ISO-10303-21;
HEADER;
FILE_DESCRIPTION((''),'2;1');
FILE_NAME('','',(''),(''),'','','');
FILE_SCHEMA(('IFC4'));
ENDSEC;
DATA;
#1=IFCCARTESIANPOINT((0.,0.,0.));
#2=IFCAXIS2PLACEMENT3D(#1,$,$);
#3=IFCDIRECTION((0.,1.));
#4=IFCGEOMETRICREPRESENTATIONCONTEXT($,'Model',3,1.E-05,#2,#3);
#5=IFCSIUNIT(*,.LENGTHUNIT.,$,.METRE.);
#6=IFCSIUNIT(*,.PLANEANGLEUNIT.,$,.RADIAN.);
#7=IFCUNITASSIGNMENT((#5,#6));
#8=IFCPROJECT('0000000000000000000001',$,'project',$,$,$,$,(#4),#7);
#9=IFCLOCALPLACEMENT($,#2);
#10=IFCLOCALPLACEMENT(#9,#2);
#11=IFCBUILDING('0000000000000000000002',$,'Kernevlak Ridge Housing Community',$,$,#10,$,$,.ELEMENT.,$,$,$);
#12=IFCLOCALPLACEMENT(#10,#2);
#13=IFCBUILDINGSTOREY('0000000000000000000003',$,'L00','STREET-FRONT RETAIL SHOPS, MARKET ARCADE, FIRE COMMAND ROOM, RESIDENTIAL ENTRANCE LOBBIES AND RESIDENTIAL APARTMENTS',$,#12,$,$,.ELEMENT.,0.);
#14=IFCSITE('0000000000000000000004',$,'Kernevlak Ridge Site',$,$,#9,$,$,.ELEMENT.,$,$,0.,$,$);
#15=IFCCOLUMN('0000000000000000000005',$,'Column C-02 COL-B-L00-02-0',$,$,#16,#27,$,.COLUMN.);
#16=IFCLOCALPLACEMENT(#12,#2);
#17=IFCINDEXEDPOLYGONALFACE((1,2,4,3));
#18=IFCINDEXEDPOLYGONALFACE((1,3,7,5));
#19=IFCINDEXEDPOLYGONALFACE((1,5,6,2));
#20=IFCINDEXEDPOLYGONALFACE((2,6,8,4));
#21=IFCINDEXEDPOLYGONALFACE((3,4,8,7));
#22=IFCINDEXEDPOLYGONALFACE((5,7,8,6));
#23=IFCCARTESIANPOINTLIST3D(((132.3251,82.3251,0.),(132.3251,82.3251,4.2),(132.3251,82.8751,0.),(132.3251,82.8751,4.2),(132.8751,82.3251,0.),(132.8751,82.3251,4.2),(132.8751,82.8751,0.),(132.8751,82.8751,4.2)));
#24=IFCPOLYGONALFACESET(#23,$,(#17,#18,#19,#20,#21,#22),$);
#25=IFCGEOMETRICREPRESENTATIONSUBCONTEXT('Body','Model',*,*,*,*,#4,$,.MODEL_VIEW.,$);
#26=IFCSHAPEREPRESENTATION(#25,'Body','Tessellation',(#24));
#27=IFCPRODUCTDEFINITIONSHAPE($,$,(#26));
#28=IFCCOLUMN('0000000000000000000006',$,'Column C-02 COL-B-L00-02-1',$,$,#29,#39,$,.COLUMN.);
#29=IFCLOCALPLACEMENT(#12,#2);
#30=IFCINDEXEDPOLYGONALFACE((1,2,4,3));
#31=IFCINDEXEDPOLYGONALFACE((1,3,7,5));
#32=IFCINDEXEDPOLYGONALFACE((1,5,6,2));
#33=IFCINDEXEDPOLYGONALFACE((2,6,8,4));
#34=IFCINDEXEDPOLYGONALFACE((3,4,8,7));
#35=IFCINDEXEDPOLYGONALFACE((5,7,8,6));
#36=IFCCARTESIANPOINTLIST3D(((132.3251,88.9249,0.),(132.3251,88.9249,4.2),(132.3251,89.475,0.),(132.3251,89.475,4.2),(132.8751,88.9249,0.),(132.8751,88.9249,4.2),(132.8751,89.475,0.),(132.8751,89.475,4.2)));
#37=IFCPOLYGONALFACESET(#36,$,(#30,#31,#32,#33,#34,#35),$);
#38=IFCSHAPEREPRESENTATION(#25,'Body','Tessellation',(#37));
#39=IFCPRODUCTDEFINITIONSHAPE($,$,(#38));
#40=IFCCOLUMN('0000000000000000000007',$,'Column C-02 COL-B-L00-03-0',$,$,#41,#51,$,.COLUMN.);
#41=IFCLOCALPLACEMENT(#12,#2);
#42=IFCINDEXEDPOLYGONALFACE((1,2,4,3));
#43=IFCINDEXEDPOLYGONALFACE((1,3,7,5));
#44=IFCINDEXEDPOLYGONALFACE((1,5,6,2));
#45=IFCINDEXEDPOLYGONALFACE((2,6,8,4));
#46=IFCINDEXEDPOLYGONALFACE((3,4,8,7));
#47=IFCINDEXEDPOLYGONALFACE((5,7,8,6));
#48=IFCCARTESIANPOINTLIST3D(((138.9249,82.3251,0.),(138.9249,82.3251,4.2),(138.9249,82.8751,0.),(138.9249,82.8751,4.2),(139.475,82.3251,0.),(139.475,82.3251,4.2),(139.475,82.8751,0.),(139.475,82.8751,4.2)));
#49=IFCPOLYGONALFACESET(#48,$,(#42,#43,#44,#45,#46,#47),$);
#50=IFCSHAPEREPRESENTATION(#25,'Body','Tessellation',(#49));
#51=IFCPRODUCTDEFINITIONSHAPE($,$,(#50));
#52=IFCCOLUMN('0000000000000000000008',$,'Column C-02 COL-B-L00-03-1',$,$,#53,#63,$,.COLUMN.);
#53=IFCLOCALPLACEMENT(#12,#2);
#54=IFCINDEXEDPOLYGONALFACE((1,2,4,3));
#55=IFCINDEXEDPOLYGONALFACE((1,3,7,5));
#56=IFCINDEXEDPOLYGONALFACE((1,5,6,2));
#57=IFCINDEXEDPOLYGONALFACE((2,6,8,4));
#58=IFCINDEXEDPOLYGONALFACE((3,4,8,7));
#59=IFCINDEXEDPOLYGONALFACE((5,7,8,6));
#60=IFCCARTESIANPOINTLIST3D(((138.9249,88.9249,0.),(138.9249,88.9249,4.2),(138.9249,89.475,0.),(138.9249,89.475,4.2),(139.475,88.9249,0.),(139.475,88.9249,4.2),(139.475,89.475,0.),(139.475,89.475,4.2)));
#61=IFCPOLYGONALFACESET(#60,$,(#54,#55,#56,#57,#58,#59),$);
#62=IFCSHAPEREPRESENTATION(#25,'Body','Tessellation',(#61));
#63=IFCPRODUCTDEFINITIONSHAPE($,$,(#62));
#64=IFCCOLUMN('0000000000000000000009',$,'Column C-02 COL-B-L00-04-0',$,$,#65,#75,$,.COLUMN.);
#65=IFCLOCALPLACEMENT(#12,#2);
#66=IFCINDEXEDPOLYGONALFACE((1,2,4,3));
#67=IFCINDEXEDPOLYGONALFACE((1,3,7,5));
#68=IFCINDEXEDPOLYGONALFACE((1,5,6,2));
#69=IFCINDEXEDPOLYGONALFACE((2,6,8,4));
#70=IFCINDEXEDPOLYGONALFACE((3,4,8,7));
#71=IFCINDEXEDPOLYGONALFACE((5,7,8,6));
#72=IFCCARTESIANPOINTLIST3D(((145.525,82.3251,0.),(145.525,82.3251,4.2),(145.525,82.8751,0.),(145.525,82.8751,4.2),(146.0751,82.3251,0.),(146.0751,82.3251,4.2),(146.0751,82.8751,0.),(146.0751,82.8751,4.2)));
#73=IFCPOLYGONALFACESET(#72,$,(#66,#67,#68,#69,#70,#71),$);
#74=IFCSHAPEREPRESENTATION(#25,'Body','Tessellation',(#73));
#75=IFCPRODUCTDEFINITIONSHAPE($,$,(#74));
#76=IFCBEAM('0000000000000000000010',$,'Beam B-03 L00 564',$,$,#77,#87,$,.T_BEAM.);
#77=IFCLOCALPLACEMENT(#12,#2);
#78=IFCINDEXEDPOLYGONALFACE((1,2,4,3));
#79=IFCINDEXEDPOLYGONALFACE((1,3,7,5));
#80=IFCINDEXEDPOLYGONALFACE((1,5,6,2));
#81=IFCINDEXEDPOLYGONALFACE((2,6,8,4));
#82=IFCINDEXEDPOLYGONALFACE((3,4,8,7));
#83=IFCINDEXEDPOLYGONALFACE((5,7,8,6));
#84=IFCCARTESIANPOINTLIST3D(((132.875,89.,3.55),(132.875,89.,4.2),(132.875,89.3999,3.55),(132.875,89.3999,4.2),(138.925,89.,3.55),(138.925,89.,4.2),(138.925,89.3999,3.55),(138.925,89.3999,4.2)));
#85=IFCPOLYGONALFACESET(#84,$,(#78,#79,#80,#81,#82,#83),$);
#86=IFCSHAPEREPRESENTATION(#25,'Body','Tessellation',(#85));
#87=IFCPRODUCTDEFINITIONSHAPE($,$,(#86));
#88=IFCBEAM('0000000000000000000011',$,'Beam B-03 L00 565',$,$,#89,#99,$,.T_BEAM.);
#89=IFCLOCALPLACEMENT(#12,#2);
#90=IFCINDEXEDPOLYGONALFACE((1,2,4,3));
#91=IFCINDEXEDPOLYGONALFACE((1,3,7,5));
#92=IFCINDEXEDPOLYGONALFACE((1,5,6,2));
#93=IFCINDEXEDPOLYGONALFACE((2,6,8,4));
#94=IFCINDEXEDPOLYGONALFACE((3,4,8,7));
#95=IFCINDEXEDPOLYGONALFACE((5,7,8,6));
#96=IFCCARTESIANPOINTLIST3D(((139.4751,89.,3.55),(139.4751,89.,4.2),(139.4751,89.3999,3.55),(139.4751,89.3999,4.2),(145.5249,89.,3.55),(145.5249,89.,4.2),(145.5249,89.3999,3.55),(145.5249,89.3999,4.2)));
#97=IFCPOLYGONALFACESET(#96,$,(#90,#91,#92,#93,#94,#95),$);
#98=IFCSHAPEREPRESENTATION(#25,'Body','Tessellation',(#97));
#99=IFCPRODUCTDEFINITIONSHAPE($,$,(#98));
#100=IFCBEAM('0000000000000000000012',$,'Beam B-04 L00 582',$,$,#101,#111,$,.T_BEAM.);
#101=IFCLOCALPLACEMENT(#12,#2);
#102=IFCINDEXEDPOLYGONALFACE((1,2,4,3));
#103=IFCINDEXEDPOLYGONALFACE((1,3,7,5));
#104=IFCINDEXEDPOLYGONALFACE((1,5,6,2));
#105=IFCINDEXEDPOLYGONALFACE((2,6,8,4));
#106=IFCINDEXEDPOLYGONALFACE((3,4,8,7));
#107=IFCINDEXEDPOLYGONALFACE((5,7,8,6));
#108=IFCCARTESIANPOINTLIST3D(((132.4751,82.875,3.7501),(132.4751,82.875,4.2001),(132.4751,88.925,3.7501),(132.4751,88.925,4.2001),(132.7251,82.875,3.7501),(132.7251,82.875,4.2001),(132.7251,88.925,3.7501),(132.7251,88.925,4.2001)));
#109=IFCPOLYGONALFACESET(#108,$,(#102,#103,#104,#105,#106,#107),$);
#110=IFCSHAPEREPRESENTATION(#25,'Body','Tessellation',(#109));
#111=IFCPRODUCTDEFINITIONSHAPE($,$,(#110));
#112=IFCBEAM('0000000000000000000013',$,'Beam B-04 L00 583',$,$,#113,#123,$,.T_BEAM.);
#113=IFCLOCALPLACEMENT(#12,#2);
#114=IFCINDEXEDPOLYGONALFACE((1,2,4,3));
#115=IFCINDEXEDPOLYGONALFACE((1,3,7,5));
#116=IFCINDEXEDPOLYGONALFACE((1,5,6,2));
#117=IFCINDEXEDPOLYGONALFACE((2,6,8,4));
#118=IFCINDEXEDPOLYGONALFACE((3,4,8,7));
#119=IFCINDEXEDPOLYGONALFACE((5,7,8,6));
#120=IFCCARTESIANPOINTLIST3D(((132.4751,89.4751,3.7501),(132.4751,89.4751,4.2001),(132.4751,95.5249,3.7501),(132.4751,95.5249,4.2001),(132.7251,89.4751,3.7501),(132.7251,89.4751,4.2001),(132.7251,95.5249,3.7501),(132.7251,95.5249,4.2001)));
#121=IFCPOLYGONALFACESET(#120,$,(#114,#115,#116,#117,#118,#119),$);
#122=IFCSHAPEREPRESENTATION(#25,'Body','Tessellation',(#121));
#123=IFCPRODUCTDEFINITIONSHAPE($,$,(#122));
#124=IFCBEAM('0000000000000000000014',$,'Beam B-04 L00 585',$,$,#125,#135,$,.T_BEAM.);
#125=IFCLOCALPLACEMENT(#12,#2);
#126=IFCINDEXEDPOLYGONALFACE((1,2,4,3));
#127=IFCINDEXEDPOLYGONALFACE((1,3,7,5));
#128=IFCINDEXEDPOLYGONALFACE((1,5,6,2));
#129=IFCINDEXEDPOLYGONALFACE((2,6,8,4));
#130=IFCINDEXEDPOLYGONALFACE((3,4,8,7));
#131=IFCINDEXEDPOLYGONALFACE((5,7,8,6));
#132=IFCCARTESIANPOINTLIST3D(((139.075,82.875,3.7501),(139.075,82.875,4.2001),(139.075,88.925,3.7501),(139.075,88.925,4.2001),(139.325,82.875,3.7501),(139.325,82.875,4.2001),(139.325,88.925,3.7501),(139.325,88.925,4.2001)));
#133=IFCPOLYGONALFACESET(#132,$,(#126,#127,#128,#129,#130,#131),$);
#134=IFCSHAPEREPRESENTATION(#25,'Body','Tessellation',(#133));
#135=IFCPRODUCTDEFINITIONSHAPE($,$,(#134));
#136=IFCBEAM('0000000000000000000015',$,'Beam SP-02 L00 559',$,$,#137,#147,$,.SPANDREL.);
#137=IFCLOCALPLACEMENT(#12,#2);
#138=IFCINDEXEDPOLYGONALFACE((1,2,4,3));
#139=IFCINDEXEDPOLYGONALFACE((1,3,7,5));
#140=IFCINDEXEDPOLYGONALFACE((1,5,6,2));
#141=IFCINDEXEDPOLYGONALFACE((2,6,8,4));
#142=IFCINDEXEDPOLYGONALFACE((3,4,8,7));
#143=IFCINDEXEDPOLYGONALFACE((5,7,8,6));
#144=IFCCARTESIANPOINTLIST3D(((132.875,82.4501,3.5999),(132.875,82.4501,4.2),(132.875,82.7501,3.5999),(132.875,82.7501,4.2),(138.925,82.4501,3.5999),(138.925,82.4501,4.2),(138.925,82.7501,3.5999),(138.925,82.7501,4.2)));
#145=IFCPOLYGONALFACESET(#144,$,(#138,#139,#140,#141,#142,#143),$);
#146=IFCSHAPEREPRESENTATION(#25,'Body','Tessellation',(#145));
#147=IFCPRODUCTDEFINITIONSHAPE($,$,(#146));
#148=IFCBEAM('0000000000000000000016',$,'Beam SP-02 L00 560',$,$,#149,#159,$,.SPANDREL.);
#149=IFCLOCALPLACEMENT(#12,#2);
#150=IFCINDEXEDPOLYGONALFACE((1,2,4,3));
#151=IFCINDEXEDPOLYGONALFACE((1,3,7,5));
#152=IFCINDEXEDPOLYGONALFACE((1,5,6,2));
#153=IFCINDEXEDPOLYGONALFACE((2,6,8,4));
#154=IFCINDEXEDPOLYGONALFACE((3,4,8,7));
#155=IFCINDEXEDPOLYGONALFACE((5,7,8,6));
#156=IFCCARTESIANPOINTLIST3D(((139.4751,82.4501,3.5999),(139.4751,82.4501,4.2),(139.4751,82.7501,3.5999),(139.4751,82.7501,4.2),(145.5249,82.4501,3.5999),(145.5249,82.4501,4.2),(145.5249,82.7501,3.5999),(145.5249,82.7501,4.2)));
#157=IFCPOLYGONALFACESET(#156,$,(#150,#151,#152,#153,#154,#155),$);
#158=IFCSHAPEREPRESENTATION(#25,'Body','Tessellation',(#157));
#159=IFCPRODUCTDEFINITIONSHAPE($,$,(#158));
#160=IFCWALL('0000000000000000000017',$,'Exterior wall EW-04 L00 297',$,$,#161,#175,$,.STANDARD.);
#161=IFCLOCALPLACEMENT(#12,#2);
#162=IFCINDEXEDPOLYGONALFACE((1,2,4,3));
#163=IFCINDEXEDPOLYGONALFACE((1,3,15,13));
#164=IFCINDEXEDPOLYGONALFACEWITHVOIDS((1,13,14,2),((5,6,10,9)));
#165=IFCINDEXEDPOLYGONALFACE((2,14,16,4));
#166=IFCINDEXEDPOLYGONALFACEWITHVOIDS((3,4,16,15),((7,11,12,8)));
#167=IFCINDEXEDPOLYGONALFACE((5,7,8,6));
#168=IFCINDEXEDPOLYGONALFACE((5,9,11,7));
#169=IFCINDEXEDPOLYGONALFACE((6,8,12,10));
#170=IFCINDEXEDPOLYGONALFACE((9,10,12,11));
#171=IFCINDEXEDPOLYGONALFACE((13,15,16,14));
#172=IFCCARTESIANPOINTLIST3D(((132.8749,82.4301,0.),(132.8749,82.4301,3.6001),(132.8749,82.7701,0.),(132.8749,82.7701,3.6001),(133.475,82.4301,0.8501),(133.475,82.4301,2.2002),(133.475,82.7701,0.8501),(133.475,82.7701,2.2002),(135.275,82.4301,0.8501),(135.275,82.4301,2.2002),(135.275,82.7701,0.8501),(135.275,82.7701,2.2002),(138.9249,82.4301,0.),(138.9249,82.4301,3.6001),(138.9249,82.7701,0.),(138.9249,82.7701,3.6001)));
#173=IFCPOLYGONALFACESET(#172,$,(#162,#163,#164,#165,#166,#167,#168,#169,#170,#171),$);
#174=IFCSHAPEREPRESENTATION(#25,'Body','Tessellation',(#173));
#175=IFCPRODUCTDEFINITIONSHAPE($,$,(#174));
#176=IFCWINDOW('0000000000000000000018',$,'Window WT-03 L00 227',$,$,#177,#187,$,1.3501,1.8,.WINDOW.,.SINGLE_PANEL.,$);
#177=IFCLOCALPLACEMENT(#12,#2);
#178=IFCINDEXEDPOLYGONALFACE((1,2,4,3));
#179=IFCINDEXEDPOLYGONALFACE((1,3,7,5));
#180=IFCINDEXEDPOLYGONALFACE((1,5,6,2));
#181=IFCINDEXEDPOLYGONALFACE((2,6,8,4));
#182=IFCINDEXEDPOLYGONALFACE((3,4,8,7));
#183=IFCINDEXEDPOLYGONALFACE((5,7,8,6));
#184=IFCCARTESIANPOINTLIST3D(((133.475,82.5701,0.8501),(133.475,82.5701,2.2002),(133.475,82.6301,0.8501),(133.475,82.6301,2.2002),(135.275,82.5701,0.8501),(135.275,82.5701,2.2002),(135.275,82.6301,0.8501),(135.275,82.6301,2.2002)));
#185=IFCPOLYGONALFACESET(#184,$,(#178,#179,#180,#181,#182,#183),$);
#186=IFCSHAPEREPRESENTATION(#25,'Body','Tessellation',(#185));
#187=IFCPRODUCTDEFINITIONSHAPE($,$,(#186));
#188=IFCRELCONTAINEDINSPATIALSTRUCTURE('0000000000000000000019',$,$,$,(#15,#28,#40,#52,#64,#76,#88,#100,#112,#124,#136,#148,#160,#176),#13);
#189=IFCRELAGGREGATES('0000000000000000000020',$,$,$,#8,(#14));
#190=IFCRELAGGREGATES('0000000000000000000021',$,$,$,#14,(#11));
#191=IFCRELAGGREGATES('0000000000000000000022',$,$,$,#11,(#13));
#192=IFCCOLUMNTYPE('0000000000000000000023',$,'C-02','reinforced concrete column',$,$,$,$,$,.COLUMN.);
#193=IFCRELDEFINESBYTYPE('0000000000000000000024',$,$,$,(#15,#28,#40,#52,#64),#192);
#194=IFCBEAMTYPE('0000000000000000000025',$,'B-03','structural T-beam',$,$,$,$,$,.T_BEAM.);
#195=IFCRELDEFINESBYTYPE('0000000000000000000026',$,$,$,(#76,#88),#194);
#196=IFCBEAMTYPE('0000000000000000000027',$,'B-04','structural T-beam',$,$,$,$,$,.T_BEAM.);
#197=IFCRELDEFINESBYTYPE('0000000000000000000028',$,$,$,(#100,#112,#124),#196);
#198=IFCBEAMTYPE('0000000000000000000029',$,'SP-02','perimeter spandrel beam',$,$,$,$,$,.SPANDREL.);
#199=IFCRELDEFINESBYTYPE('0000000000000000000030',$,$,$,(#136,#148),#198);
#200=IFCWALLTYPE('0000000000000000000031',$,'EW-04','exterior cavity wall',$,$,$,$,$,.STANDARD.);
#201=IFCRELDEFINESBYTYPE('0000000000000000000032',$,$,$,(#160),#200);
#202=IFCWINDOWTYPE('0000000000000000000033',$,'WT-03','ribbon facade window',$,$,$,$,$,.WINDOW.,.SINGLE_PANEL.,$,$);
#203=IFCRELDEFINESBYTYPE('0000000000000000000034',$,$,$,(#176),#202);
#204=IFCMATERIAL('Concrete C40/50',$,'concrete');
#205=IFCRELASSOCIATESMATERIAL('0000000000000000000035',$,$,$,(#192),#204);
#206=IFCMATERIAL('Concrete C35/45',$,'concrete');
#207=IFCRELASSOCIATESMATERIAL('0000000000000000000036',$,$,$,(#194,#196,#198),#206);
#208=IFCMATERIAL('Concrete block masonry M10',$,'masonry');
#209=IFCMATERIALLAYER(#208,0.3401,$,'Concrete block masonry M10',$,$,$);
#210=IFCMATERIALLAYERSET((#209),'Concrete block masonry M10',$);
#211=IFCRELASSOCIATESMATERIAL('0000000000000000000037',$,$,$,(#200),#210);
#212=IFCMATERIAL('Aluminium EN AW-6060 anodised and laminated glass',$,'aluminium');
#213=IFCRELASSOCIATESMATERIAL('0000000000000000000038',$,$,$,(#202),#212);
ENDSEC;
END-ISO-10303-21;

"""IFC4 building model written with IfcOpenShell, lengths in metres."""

from ifc_helpers import new_model, si_unit, direction, frame, frame_2d, origin, origin_2d, place, context, subcontext, project, spatial, rectangle, extrude, material, layer, layer_set, material_profile, profile_set, type_object, element, fill, save


model = new_model("IFC4")

# Units and contexts
model_context = context("Model", 3, precision=1e-05, world=origin(), true_north=direction((0.0, 1.0)))
body_context = subcontext(model_context, "Body", "Model", "MODEL_VIEW")
ifc_project = project(units=[si_unit("LENGTHUNIT", "METRE"), si_unit("PLANEANGLEUNIT", "RADIAN")], contexts=[model_context])

# Site, building, storey
site_placement = place(None, origin())
site = spatial("IfcSite", under=ifc_project, at=site_placement, Name="Kernevlak Ridge Site", CompositionType="ELEMENT", RefElevation=0.0)
building_placement = place(site_placement, origin())
building = spatial("IfcBuilding", under=site, at=building_placement, Name="Kernevlak Ridge Housing Community", CompositionType="ELEMENT")
storey_placement = place(building_placement, origin())
storey = spatial("IfcBuildingStorey", under=building, at=storey_placement, Name="L00", Description="STREET-FRONT RETAIL SHOPS, MARKET ARCADE, FIRE COMMAND ROOM, RESIDENTIAL ENTRANCE LOBBIES AND RESIDENTIAL APARTMENTS", CompositionType="ELEMENT", Elevation=0.0)

# Columns
ifc_material_1 = material(Name="Concrete C40/50", Category="concrete")
ifc_material_profile_1 = material_profile(ifc_material_1, rectangle(XDim=0.55, YDim=0.55, at=origin_2d()), Name="RC 550x550")
ifc_profile_set_1 = profile_set([ifc_material_profile_1], Name="Concrete C40/50")
column_type = type_object("IfcColumnType", Name="C-02", Description="reinforced concrete column", PredefinedType="COLUMN", material=ifc_profile_set_1)
for number, where, z_axis, x_axis, name in (
    (1, (132.6001, 82.6001, 0.0), (0.0, 0.0, 1.0), (1.0, 0.0, 0.0), "Column C-02 COL-B-L00-02-0"),
    (2, (132.6001, 89.2, 0.0), (0.0, 0.0, 1.0), (1.0, 0.0, 0.0), "Column C-02 COL-B-L00-02-1"),
    (3, (139.2, 82.6001, 0.0), (0.0, 0.0, 1.0), (1.0, 0.0, 0.0), "Column C-02 COL-B-L00-03-0"),
    (4, (139.2, 89.2, 0.0), (0.0, 0.0, 1.0), (1.0, 0.0, 0.0), "Column C-02 COL-B-L00-03-1"),
    (5, (145.8, 82.6001, 0.0), (0.0, 0.0, 1.0), (1.0, 0.0, 0.0), "Column C-02 COL-B-L00-04-0"),
):
    element("IfcColumn", number, at=place(storey_placement, frame(where, z_axis=z_axis, x_axis=x_axis)), inside=storey, type_object=column_type, Name=name, PredefinedType="COLUMN", context=body_context, shape_type="SweptSolid", body=[
        extrude(rectangle(XDim=0.55, YDim=0.55, at=origin_2d()), origin(), (0.0, 0.0, 1.0), 4.2),
    ])

# Beams
ifc_material_2 = material(Name="Concrete C35/45", Category="concrete")
ifc_material_profile_2 = material_profile(ifc_material_2, rectangle(XDim=0.3999, YDim=0.6499, at=origin_2d()), Name="RC 400x650")
ifc_profile_set_2 = profile_set([ifc_material_profile_2], Name="Concrete C35/45")
beam_type_1 = type_object("IfcBeamType", Name="B-03", Description="structural T-beam", PredefinedType="T_BEAM", material=ifc_profile_set_2)
beam_1_placement = place(storey_placement, frame((132.875, 89.2, 3.875), z_axis=(1.0, 0.0, 0.0), x_axis=(0.0, 1.0, 0.0)))
element("IfcBeam", 6, at=beam_1_placement, inside=storey, type_object=beam_type_1, Name="Beam B-03 L00 564", PredefinedType="T_BEAM", context=body_context, shape_type="SweptSolid", body=[
    extrude(rectangle(XDim=0.3999, YDim=0.6499, at=origin_2d()), origin(), (0.0, 0.0, 1.0), 6.05),
])
beam_2_placement = place(storey_placement, frame((139.4751, 89.2, 3.875), z_axis=(1.0, 0.0, 0.0), x_axis=(0.0, 1.0, 0.0)))
element("IfcBeam", 7, at=beam_2_placement, inside=storey, type_object=beam_type_1, Name="Beam B-03 L00 565", PredefinedType="T_BEAM", context=body_context, shape_type="SweptSolid", body=[
    extrude(rectangle(XDim=0.3999, YDim=0.6499, at=origin_2d()), origin(), (0.0, 0.0, 1.0), 6.0498),
])
ifc_material_profile_3 = material_profile(ifc_material_2, rectangle(XDim=0.25, YDim=0.45, at=origin_2d()), Name="RC 250x450")
ifc_profile_set_3 = profile_set([ifc_material_profile_3], Name="Concrete C35/45")
beam_type_2 = type_object("IfcBeamType", Name="B-04", Description="structural T-beam", PredefinedType="T_BEAM", material=ifc_profile_set_3)
beam_3_placement = place(storey_placement, frame((132.6001, 82.875, 3.9751), z_axis=(0.0, 1.0, 0.0), x_axis=(-1.0, 0.0, 0.0)))
element("IfcBeam", 8, at=beam_3_placement, inside=storey, type_object=beam_type_2, Name="Beam B-04 L00 582", PredefinedType="T_BEAM", context=body_context, shape_type="SweptSolid", body=[
    extrude(rectangle(XDim=0.25, YDim=0.45, at=origin_2d()), origin(), (0.0, 0.0, 1.0), 6.05),
])
beam_4_placement = place(storey_placement, frame((132.6001, 89.4751, 3.9751), z_axis=(0.0, 1.0, 0.0), x_axis=(-1.0, 0.0, 0.0)))
element("IfcBeam", 9, at=beam_4_placement, inside=storey, type_object=beam_type_2, Name="Beam B-04 L00 583", PredefinedType="T_BEAM", context=body_context, shape_type="SweptSolid", body=[
    extrude(rectangle(XDim=0.25, YDim=0.45, at=origin_2d()), origin(), (0.0, 0.0, 1.0), 6.0498),
])
beam_5_placement = place(storey_placement, frame((139.2, 82.875, 3.9751), z_axis=(0.0, 1.0, 0.0), x_axis=(-1.0, 0.0, 0.0)))
element("IfcBeam", 10, at=beam_5_placement, inside=storey, type_object=beam_type_2, Name="Beam B-04 L00 585", PredefinedType="T_BEAM", context=body_context, shape_type="SweptSolid", body=[
    extrude(rectangle(XDim=0.25, YDim=0.45, at=origin_2d()), origin(), (0.0, 0.0, 1.0), 6.05),
])
ifc_material_profile_4 = material_profile(ifc_material_2, rectangle(XDim=0.3, YDim=0.6001, at=origin_2d()), Name="RC 300x600")
ifc_profile_set_4 = profile_set([ifc_material_profile_4], Name="Concrete C35/45")
beam_type_3 = type_object("IfcBeamType", Name="SP-02", Description="perimeter spandrel beam", PredefinedType="SPANDREL", material=ifc_profile_set_4)
beam_6_placement = place(storey_placement, frame((132.875, 82.6001, 3.8999), z_axis=(1.0, 0.0, 0.0), x_axis=(0.0, 1.0, 0.0)))
element("IfcBeam", 11, at=beam_6_placement, inside=storey, type_object=beam_type_3, Name="Beam SP-02 L00 559", PredefinedType="SPANDREL", context=body_context, shape_type="SweptSolid", body=[
    extrude(rectangle(XDim=0.3, YDim=0.6001, at=origin_2d()), origin(), (0.0, 0.0, 1.0), 6.05),
])
beam_7_placement = place(storey_placement, frame((139.4751, 82.6001, 3.8999), z_axis=(1.0, 0.0, 0.0), x_axis=(0.0, 1.0, 0.0)))
element("IfcBeam", 12, at=beam_7_placement, inside=storey, type_object=beam_type_3, Name="Beam SP-02 L00 560", PredefinedType="SPANDREL", context=body_context, shape_type="SweptSolid", body=[
    extrude(rectangle(XDim=0.3, YDim=0.6001, at=origin_2d()), origin(), (0.0, 0.0, 1.0), 6.0498),
])

# Wall, opening, window
ifc_material_3 = material(Name="Concrete block masonry M10", Category="masonry")
ifc_layer_1 = layer(ifc_material_3, 0.3401, Name="Concrete block masonry M10")
ifc_layer_set_1 = layer_set([ifc_layer_1], Name="Concrete block masonry M10")
wall_type_1 = type_object("IfcWallType", Name="EW-04", Description="exterior cavity wall", PredefinedType="STANDARD", material=ifc_layer_set_1)
wall_1_placement = place(storey_placement, frame((132.875, 82.6001, 0.0), z_axis=(0.0, 0.0, 1.0), x_axis=(1.0, 0.0, 0.0)))
wall_1 = element("IfcWall", 13, at=wall_1_placement, inside=storey, type_object=wall_type_1, Name="Exterior wall EW-04 L00 297", PredefinedType="STANDARD", context=body_context, shape_type="SweptSolid", body=[
    extrude(rectangle(XDim=6.05, YDim=0.3401, at=frame_2d((3.0249, 0.0))), origin(), (0.0, 0.0, 1.0), 3.6001),
])
opening_1_placement = place(wall_1_placement, frame((0.6001, 0.0, 0.8501)))
opening_1 = element("IfcOpeningElement", 14, at=opening_1_placement, cuts=wall_1, PredefinedType="OPENING", context=body_context, shape_type="SweptSolid", body=[
    extrude(rectangle(XDim=1.8, YDim=1.3501, at=frame_2d((0.8999, 0.675))), frame((0.0, 0.1799, 0.0), z_axis=(0.0, -1.0, 0.0), x_axis=(1.0, 0.0, 0.0)), (0.0, 0.0, 1.0), 0.3601),
])
ifc_material_4 = material(Name="Aluminium EN AW-6060 anodised and laminated glass", Category="aluminium")
window_type = type_object("IfcWindowType", Name="WT-03", Description="ribbon facade window", PartitioningType="SINGLE_PANEL", PredefinedType="WINDOW", material=ifc_material_4)
window_1_placement = place(opening_1_placement, origin())
window_1 = element("IfcWindow", 15, at=window_1_placement, inside=storey, type_object=window_type, Name="Window WT-03 L00 227", OverallHeight=1.3501, OverallWidth=1.8, PartitioningType="SINGLE_PANEL", PredefinedType="WINDOW", context=body_context, shape_type="SweptSolid", body=[
    extrude(rectangle(XDim=1.8, YDim=1.3501, at=frame_2d((0.8999, 0.675))), frame((0.0, 0.03, 0.0), z_axis=(0.0, -1.0, 0.0), x_axis=(1.0, 0.0, 0.0)), (0.0, 0.0, 1.0), 0.0601),
])
fill(opening_1, window_1)

save(model, "model.ifc")
